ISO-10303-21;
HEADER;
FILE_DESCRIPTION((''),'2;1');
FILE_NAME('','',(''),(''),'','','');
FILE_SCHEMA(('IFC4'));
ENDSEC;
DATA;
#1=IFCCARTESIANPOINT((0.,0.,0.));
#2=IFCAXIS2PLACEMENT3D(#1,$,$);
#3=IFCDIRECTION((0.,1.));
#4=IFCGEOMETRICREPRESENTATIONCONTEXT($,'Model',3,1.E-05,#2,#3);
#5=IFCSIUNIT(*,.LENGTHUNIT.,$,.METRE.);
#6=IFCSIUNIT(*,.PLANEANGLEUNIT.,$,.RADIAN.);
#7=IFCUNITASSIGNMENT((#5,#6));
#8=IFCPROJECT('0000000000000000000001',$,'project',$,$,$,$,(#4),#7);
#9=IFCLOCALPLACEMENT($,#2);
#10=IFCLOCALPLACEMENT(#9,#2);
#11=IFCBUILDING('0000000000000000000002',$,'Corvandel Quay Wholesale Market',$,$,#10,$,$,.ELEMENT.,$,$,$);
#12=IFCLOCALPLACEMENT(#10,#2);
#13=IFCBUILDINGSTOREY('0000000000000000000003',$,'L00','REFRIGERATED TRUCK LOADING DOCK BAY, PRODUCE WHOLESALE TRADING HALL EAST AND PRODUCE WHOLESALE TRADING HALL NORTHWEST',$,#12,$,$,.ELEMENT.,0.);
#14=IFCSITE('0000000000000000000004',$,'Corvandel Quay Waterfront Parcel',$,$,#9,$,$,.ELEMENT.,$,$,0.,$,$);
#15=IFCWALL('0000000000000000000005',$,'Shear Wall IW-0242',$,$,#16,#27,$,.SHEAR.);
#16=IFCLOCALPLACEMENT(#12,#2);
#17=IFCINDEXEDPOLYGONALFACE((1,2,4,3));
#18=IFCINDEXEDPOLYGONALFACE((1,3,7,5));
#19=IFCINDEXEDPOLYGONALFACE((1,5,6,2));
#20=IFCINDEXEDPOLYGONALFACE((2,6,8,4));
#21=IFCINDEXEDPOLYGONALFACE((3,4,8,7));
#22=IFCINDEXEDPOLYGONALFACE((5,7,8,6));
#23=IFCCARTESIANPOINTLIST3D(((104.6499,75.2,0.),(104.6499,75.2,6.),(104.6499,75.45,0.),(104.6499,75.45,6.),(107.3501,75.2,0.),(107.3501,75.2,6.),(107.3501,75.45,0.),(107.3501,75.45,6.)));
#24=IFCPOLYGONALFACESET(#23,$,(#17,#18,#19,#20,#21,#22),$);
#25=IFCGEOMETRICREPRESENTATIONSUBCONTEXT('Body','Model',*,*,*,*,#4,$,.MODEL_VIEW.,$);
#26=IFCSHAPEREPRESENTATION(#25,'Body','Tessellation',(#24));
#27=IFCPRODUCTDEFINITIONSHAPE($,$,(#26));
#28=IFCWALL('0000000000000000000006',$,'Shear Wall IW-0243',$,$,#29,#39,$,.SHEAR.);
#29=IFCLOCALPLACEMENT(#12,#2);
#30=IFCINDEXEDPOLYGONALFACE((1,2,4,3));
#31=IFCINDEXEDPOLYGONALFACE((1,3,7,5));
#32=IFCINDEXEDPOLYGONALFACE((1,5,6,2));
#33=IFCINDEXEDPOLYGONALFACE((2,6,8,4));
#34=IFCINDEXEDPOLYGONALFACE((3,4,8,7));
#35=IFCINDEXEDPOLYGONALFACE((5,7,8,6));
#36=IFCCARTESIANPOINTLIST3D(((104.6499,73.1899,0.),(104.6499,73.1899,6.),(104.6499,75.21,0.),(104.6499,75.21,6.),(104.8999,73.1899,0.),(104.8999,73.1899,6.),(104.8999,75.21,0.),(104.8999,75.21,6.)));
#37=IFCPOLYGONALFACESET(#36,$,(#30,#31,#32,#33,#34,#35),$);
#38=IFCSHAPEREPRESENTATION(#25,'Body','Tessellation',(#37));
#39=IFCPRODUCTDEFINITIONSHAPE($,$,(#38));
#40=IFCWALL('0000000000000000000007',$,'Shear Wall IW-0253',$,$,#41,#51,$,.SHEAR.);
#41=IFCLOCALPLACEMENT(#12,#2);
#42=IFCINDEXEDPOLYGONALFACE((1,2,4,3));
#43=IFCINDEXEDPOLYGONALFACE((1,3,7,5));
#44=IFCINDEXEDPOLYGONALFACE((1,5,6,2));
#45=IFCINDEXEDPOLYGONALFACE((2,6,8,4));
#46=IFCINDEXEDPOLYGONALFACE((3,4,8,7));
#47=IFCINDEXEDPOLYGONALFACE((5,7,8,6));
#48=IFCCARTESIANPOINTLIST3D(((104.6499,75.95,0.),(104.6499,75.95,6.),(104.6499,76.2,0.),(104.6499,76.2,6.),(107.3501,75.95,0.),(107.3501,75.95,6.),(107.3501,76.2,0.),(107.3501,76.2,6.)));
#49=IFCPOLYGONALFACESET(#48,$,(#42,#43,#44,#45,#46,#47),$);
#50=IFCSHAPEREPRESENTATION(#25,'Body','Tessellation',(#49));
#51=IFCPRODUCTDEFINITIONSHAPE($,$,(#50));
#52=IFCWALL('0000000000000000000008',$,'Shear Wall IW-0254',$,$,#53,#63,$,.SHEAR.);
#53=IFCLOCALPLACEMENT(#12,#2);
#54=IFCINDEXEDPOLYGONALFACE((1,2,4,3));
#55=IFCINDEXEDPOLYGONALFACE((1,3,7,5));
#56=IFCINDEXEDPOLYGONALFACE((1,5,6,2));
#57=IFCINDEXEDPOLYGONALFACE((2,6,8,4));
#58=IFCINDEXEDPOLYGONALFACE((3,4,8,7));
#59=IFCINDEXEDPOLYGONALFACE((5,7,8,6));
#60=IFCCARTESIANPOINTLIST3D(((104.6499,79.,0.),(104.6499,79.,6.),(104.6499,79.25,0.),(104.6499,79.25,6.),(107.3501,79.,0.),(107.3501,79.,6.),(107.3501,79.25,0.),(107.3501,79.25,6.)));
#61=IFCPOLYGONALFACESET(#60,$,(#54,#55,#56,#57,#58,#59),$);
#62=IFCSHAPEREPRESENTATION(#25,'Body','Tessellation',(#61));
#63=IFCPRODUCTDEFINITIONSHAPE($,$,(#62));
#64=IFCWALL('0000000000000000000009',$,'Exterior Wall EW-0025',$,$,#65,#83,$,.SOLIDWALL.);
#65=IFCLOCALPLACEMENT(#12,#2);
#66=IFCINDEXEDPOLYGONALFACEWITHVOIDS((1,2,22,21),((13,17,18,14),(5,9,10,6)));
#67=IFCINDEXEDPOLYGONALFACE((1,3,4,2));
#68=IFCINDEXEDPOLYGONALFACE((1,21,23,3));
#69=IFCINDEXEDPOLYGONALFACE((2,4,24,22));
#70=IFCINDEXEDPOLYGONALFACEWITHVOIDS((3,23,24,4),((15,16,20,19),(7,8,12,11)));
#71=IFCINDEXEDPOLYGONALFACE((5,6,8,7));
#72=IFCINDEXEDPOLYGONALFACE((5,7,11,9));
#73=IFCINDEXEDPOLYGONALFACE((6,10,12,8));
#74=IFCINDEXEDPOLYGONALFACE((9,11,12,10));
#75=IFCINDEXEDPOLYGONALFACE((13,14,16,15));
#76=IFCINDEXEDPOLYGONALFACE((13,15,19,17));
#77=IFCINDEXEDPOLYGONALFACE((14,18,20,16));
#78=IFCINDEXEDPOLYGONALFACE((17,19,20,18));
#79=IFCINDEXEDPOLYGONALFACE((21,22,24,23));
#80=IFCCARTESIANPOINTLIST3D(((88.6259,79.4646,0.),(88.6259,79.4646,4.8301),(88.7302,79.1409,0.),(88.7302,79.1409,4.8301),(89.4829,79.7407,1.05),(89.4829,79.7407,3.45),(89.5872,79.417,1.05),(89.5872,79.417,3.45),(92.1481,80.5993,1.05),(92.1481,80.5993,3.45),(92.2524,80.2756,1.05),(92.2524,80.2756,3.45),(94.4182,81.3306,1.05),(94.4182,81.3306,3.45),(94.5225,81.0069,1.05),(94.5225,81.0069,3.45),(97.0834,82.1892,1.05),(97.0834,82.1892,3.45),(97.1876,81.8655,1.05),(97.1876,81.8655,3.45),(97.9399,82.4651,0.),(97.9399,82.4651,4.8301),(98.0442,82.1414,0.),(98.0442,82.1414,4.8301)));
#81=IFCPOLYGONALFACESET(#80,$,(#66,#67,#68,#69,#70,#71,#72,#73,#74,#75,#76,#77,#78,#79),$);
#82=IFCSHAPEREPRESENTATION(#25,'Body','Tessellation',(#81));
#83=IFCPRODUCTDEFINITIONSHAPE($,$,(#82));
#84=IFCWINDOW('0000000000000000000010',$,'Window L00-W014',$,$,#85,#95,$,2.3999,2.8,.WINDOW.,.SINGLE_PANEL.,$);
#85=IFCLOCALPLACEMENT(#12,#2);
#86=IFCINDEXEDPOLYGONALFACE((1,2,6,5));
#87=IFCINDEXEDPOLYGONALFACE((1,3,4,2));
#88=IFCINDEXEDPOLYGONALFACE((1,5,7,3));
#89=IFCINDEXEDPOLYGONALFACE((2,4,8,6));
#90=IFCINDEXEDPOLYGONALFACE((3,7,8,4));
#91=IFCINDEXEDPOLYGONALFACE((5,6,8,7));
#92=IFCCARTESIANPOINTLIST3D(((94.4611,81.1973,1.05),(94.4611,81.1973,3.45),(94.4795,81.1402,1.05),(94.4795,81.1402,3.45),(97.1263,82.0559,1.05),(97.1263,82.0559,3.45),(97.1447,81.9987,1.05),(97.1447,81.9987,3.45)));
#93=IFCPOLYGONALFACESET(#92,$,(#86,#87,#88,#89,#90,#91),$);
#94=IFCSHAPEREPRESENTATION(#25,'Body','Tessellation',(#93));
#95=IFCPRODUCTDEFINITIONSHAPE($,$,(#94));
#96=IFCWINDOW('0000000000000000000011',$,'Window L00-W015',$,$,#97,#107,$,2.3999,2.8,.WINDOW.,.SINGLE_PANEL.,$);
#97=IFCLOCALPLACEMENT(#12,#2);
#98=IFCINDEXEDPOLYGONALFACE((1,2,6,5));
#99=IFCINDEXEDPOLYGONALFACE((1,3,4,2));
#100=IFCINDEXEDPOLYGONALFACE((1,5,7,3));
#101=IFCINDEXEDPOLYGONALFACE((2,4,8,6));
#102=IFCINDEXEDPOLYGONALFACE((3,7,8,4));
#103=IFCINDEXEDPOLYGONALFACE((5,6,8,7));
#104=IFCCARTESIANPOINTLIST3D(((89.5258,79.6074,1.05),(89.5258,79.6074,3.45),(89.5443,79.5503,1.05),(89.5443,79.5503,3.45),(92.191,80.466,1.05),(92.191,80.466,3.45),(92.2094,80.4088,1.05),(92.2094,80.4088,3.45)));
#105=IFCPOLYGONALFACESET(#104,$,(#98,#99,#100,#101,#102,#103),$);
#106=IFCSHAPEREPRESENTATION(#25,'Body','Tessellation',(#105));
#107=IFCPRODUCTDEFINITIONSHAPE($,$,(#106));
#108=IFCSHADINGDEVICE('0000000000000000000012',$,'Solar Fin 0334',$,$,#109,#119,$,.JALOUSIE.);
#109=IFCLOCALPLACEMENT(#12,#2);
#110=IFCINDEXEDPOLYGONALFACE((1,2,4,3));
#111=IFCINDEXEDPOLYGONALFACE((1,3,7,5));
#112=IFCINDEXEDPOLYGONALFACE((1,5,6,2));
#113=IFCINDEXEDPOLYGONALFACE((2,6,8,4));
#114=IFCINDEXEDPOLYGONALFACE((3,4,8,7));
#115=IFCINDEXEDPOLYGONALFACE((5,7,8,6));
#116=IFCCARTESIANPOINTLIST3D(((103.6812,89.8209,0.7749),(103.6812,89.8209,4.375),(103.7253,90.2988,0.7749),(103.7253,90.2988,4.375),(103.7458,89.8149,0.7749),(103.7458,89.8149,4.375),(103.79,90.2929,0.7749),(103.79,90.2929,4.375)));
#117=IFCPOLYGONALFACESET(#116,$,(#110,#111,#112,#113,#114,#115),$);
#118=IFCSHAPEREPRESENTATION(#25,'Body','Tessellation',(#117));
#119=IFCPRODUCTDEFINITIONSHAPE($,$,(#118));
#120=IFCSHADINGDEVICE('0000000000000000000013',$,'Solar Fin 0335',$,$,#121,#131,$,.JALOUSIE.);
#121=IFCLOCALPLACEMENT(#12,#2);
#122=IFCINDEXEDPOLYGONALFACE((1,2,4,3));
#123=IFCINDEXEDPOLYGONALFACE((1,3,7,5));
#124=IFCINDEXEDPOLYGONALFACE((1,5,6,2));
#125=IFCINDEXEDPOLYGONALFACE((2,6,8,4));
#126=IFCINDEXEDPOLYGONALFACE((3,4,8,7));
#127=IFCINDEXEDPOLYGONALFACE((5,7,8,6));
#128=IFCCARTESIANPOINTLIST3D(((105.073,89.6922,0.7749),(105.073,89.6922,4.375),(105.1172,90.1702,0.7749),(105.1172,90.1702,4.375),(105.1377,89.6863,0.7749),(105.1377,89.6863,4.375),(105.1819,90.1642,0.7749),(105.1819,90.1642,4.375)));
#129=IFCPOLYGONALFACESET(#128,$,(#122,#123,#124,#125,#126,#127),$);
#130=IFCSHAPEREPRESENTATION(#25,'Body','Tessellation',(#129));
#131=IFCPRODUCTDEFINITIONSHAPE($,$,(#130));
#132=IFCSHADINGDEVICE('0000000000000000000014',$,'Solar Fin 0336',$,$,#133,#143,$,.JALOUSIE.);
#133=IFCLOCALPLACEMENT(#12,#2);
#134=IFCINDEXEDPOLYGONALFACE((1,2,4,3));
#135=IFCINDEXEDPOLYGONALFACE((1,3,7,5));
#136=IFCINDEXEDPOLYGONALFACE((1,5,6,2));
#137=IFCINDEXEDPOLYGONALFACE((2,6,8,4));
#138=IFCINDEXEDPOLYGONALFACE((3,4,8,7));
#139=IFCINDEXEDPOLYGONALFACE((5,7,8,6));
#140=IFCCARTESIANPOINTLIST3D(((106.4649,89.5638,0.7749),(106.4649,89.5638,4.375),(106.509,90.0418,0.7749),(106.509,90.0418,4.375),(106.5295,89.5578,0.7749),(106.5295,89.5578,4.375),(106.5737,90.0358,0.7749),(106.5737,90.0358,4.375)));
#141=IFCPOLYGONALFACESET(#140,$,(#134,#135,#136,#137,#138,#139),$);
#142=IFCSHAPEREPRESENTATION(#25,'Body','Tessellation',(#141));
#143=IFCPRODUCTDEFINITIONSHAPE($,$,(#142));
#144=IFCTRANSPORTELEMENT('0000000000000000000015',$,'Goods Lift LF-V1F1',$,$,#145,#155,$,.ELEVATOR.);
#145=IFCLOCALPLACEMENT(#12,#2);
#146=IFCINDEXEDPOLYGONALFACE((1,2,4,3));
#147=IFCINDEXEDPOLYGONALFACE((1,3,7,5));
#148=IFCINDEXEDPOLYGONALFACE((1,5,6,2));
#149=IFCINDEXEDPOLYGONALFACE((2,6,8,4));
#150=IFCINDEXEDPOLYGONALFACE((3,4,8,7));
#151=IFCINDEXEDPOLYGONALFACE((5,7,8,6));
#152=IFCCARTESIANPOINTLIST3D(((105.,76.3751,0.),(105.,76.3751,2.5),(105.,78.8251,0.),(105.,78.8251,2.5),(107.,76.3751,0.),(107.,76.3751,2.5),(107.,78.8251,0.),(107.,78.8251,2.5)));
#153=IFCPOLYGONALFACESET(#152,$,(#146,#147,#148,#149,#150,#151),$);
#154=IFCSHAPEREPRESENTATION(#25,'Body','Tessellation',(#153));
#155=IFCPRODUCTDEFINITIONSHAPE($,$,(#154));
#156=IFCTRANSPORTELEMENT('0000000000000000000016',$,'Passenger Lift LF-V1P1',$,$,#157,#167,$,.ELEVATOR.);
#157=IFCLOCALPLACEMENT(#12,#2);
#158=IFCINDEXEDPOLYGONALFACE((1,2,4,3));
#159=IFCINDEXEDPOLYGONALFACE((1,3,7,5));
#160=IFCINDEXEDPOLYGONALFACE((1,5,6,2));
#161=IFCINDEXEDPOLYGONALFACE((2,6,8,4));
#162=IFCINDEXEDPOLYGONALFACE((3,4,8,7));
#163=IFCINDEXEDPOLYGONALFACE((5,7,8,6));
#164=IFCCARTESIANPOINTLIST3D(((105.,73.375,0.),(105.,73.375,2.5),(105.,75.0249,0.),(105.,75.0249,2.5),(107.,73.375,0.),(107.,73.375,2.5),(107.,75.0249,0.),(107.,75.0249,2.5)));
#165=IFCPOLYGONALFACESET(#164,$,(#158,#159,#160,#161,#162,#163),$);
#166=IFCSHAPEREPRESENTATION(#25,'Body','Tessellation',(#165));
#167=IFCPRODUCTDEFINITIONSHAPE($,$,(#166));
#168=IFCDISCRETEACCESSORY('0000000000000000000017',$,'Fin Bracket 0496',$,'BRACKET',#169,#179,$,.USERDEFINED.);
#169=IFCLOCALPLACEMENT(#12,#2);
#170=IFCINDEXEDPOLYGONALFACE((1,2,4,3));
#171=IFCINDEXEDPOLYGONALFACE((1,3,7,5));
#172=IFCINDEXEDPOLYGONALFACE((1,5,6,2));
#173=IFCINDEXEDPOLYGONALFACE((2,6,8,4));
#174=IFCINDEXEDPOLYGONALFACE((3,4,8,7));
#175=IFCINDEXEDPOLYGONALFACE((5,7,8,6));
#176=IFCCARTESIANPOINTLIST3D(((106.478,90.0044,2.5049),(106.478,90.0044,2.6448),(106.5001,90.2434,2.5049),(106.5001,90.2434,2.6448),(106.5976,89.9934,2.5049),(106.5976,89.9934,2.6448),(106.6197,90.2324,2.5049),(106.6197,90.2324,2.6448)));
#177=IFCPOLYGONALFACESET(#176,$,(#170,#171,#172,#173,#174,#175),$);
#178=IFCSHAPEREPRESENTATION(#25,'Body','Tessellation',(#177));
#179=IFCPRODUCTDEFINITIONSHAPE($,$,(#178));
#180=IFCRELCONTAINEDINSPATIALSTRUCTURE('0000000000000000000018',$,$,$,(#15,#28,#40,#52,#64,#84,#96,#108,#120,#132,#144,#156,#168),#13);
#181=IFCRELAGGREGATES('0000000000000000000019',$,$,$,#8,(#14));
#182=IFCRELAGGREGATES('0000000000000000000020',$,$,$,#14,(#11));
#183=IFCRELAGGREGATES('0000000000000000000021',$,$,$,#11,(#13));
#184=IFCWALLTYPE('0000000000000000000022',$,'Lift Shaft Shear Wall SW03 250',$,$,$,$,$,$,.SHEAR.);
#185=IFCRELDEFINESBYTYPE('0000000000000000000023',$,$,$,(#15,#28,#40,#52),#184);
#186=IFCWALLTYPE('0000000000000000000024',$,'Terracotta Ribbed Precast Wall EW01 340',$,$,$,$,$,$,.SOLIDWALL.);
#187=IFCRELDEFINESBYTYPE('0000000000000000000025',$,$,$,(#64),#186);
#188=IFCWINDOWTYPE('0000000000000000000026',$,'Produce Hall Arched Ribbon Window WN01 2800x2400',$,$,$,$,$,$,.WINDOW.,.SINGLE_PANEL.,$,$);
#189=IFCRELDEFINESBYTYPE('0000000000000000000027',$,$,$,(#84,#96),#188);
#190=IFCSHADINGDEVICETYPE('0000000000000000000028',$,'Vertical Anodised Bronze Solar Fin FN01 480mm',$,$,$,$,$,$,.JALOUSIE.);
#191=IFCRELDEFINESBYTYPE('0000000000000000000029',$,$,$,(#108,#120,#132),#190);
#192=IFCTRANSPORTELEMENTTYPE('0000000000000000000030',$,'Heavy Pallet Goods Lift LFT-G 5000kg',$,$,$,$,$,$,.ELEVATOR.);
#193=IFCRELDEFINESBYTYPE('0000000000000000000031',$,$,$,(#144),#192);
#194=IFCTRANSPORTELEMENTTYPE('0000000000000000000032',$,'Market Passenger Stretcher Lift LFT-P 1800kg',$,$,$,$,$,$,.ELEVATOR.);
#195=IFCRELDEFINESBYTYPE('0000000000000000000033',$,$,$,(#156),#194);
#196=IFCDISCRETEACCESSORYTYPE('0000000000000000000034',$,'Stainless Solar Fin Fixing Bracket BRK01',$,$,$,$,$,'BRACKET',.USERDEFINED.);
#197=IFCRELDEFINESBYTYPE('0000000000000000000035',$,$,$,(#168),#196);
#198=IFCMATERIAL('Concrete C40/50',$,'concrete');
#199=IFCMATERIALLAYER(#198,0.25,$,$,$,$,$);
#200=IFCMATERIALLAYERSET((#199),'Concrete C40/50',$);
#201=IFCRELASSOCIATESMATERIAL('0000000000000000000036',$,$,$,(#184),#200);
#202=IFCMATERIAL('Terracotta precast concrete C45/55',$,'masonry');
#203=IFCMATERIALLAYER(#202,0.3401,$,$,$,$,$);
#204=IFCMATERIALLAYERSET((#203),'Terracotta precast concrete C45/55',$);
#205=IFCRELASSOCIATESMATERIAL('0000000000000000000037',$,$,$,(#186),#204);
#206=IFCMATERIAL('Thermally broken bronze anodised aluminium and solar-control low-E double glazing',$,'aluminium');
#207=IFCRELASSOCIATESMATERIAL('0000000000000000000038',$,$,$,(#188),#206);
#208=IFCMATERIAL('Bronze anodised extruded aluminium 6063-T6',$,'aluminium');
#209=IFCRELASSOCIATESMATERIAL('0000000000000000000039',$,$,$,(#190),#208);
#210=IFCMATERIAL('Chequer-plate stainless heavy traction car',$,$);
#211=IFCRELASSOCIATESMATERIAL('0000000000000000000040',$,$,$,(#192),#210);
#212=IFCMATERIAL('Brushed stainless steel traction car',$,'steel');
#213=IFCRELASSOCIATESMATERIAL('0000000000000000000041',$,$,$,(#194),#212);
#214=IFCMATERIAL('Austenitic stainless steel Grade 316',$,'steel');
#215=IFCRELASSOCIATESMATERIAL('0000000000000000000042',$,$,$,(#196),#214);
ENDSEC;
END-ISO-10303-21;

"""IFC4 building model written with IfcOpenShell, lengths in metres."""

from ifc_helpers import new_model, si_unit, direction, frame, frame_2d, origin, origin_2d, place, context, subcontext, project, spatial, rectangle, extrude, material, layer, layer_set, type_object, element, fill, save


model = new_model("IFC4")

# Units and contexts
model_context = context("Model", 3, precision=1e-05, world=origin(), true_north=direction((0.0, 1.0)))
body_context = subcontext(model_context, "Body", "Model", "MODEL_VIEW")
ifc_project = project(units=[si_unit("LENGTHUNIT", "METRE"), si_unit("PLANEANGLEUNIT", "RADIAN")], contexts=[model_context])

# Site, building, storey
site_placement = place(None, origin())
site = spatial("IfcSite", under=ifc_project, at=site_placement, Name="Corvandel Quay Waterfront Parcel", CompositionType="ELEMENT", RefElevation=0.0)
building_placement = place(site_placement, origin())
building = spatial("IfcBuilding", under=site, at=building_placement, Name="Corvandel Quay Wholesale Market", CompositionType="ELEMENT")
storey_placement = place(building_placement, origin())
storey = spatial("IfcBuildingStorey", under=building, at=storey_placement, Name="L00", Description="REFRIGERATED TRUCK LOADING DOCK BAY, PRODUCE WHOLESALE TRADING HALL EAST AND PRODUCE WHOLESALE TRADING HALL NORTHWEST", CompositionType="ELEMENT", Elevation=0.0)

# Shared definitions
ifc_material_1 = material(Name="Concrete C40/50", Category="concrete")

# Walls
ifc_layer_1 = layer(ifc_material_1, 0.25)
ifc_layer_set_1 = layer_set([ifc_layer_1], Name="Concrete C40/50")
wall_type_1 = type_object("IfcWallType", Name="Lift Shaft Shear Wall SW03 250", PredefinedType="SHEAR", material=ifc_layer_set_1)
wall_1_placement = place(storey_placement, frame((104.6499, 75.325, 0.0), z_axis=(0.0, 0.0, 1.0), x_axis=(1.0, 0.0, 0.0)))
element("IfcWall", 1, at=wall_1_placement, inside=storey, type_object=wall_type_1, Name="Shear Wall IW-0242", PredefinedType="SHEAR", context=body_context, shape_type="SweptSolid", body=[
    extrude(rectangle(XDim=2.7002, YDim=0.25, at=frame_2d((1.3501, 0.0))), origin(), (0.0, 0.0, 1.0), 6.0),
])
wall_2_placement = place(storey_placement, frame((104.7749, 73.1899, 0.0), z_axis=(0.0, 0.0, 1.0), x_axis=(0.0, 1.0, 0.0)))
element("IfcWall", 2, at=wall_2_placement, inside=storey, type_object=wall_type_1, Name="Shear Wall IW-0243", PredefinedType="SHEAR", context=body_context, shape_type="SweptSolid", body=[
    extrude(rectangle(XDim=2.02, YDim=0.25, at=frame_2d((1.01, 0.0))), origin(), (0.0, 0.0, 1.0), 6.0),
])
for number, where, z_axis, x_axis, name in (
    (3, (104.6499, 76.075, 0.0), (0.0, 0.0, 1.0), (1.0, 0.0, 0.0), "Shear Wall IW-0253"),
    (4, (104.6499, 79.125, 0.0), (0.0, 0.0, 1.0), (1.0, 0.0, 0.0), "Shear Wall IW-0254"),
):
    element("IfcWall", number, at=place(storey_placement, frame(where, z_axis=z_axis, x_axis=x_axis)), inside=storey, type_object=wall_type_1, Name=name, PredefinedType="SHEAR", context=body_context, shape_type="SweptSolid", body=[
        extrude(rectangle(XDim=2.7002, YDim=0.25, at=frame_2d((1.3501, 0.0))), origin(), (0.0, 0.0, 1.0), 6.0),
    ])

# Wall, openings, windows
ifc_material_2 = material(Name="Terracotta precast concrete C45/55", Category="masonry")
ifc_layer_2 = layer(ifc_material_2, 0.3401)
ifc_layer_set_2 = layer_set([ifc_layer_2], Name="Terracotta precast concrete C45/55")
wall_type_2 = type_object("IfcWallType", Name="Terracotta Ribbed Precast Wall EW01 340", PredefinedType="SOLIDWALL", material=ifc_layer_set_2)
wall_3_placement = place(storey_placement, frame((97.9919, 82.3032, 0.0), z_axis=(0.0, 0.0, 1.0), x_axis=(-0.951828, -0.306631, 0.0)))
wall_3 = element("IfcWall", 5, at=wall_3_placement, inside=storey, type_object=wall_type_2, Name="Exterior Wall EW-0025", PredefinedType="SOLIDWALL", context=body_context, shape_type="SweptSolid", body=[
    extrude(rectangle(XDim=9.7854, YDim=0.3401, at=frame_2d((4.8926, 0.0))), origin(), (0.0, 0.0, 1.0), 4.8301),
])
opening_1_placement = place(wall_3_placement, frame((0.8999, 0.0, 1.05)))
opening_1 = element("IfcOpeningElement", 6, at=opening_1_placement, cuts=wall_3, PredefinedType="OPENING", context=body_context, shape_type="SweptSolid", body=[
    extrude(rectangle(XDim=2.8, YDim=2.3999, at=frame_2d((1.3999, 1.2))), frame((0.0, 0.1799, 0.0), z_axis=(0.0, -1.0, 0.0), x_axis=(1.0, 0.0, 0.0)), (0.0, 0.0, 1.0), 0.3601),
])
opening_2_placement = place(wall_3_placement, frame((6.085, 0.0, 1.05)))
opening_2 = element("IfcOpeningElement", 7, at=opening_2_placement, cuts=wall_3, PredefinedType="OPENING", context=body_context, shape_type="SweptSolid", body=[
    extrude(rectangle(XDim=2.8, YDim=2.3999, at=frame_2d((1.3999, 1.2))), frame((0.0, 0.1799, 0.0), z_axis=(0.0, -1.0, 0.0), x_axis=(1.0, 0.0, 0.0)), (0.0, 0.0, 1.0), 0.3601),
])
ifc_material_3 = material(Name="Thermally broken bronze anodised aluminium and solar-control low-E double glazing", Category="aluminium")
window_type = type_object("IfcWindowType", Name="Produce Hall Arched Ribbon Window WN01 2800x2400", PartitioningType="SINGLE_PANEL", PredefinedType="WINDOW", material=ifc_material_3)
window_1_placement = place(opening_1_placement, origin())
window_1 = element("IfcWindow", 8, at=window_1_placement, inside=storey, type_object=window_type, Name="Window L00-W014", OverallHeight=2.3999, OverallWidth=2.8, PartitioningType="SINGLE_PANEL", PredefinedType="WINDOW", context=body_context, shape_type="SweptSolid", body=[
    extrude(rectangle(XDim=2.8, YDim=2.3999, at=frame_2d((1.3999, 1.2))), frame((0.0, 0.03, 0.0), z_axis=(0.0, -1.0, 0.0), x_axis=(1.0, 0.0, 0.0)), (0.0, 0.0, 1.0), 0.0601),
])
fill(opening_1, window_1)
window_2_placement = place(opening_2_placement, origin())
window_2 = element("IfcWindow", 9, at=window_2_placement, inside=storey, type_object=window_type, Name="Window L00-W015", OverallHeight=2.3999, OverallWidth=2.8, PartitioningType="SINGLE_PANEL", PredefinedType="WINDOW", context=body_context, shape_type="SweptSolid", body=[
    extrude(rectangle(XDim=2.8, YDim=2.3999, at=frame_2d((1.3999, 1.2))), frame((0.0, 0.03, 0.0), z_axis=(0.0, -1.0, 0.0), x_axis=(1.0, 0.0, 0.0)), (0.0, 0.0, 1.0), 0.0601),
])
fill(opening_2, window_2)

# Shading devices
ifc_material_4 = material(Name="Bronze anodised extruded aluminium 6063-T6", Category="aluminium")
shading_device_type = type_object("IfcShadingDeviceType", Name="Vertical Anodised Bronze Solar Fin FN01 480mm", PredefinedType="JALOUSIE", material=ifc_material_4)
for number, where, z_axis, x_axis, name in (
    (10, (103.7356, 90.0569, 0.7749), (0.0, 0.0, 1.0), (0.092023, 0.995757, 0.0), "Solar Fin 0334"),
    (11, (105.1274, 89.9282, 0.7749), (0.0, 0.0, 1.0), (0.092023, 0.995757, 0.0), "Solar Fin 0335"),
    (12, (106.5193, 89.7998, 0.7749), (0.0, 0.0, 1.0), (0.092023, 0.995757, 0.0), "Solar Fin 0336"),
):
    element("IfcShadingDevice", number, at=place(storey_placement, frame(where, z_axis=z_axis, x_axis=x_axis)), inside=storey, type_object=shading_device_type, Name=name, PredefinedType="JALOUSIE", context=body_context, shape_type="SweptSolid", body=[
        extrude(rectangle(XDim=0.48, YDim=0.0649, at=origin_2d()), origin(), (0.0, 0.0, 1.0), 3.6001),
    ])

# Transport elements
ifc_material_5 = material(Name="Chequer-plate stainless heavy traction car")
transport_element_type_1 = type_object("IfcTransportElementType", Name="Heavy Pallet Goods Lift LFT-G 5000kg", PredefinedType="ELEVATOR", material=ifc_material_5)
transport_element_1_placement = place(storey_placement, frame((106.0, 77.6001, 0.0), z_axis=(0.0, 0.0, 1.0), x_axis=(1.0, 0.0, 0.0)))
element("IfcTransportElement", 13, at=transport_element_1_placement, inside=storey, type_object=transport_element_type_1, Name="Goods Lift LF-V1F1", PredefinedType="ELEVATOR", context=body_context, shape_type="SweptSolid", body=[
    extrude(rectangle(XDim=2.0, YDim=2.45, at=origin_2d()), origin(), (0.0, 0.0, 1.0), 2.5),
])
ifc_material_6 = material(Name="Brushed stainless steel traction car", Category="steel")
transport_element_type_2 = type_object("IfcTransportElementType", Name="Market Passenger Stretcher Lift LFT-P 1800kg", PredefinedType="ELEVATOR", material=ifc_material_6)
transport_element_2_placement = place(storey_placement, frame((106.0, 74.2, 0.0), z_axis=(0.0, 0.0, 1.0), x_axis=(1.0, 0.0, 0.0)))
element("IfcTransportElement", 14, at=transport_element_2_placement, inside=storey, type_object=transport_element_type_2, Name="Passenger Lift LF-V1P1", PredefinedType="ELEVATOR", context=body_context, shape_type="SweptSolid", body=[
    extrude(rectangle(XDim=2.0, YDim=1.6499, at=origin_2d()), origin(), (0.0, 0.0, 1.0), 2.5),
])

# Discrete accessory
ifc_material_7 = material(Name="Austenitic stainless steel Grade 316", Category="steel")
discrete_accessory_type = type_object("IfcDiscreteAccessoryType", Name="Stainless Solar Fin Fixing Bracket BRK01", ElementType="BRACKET", PredefinedType="USERDEFINED", material=ifc_material_7)
discrete_accessory_placement = place(storey_placement, frame((106.5488, 90.1184, 2.5049), z_axis=(0.0, 0.0, 1.0), x_axis=(0.092023, 0.995757, 0.0)))
element("IfcDiscreteAccessory", 15, at=discrete_accessory_placement, inside=storey, type_object=discrete_accessory_type, Name="Fin Bracket 0496", ObjectType="BRACKET", PredefinedType="USERDEFINED", context=body_context, shape_type="SweptSolid", body=[
    extrude(rectangle(XDim=0.24, YDim=0.1201, at=origin_2d()), origin(), (0.0, 0.0, 1.0), 0.1399),
])

save(model, "model.ifc")
